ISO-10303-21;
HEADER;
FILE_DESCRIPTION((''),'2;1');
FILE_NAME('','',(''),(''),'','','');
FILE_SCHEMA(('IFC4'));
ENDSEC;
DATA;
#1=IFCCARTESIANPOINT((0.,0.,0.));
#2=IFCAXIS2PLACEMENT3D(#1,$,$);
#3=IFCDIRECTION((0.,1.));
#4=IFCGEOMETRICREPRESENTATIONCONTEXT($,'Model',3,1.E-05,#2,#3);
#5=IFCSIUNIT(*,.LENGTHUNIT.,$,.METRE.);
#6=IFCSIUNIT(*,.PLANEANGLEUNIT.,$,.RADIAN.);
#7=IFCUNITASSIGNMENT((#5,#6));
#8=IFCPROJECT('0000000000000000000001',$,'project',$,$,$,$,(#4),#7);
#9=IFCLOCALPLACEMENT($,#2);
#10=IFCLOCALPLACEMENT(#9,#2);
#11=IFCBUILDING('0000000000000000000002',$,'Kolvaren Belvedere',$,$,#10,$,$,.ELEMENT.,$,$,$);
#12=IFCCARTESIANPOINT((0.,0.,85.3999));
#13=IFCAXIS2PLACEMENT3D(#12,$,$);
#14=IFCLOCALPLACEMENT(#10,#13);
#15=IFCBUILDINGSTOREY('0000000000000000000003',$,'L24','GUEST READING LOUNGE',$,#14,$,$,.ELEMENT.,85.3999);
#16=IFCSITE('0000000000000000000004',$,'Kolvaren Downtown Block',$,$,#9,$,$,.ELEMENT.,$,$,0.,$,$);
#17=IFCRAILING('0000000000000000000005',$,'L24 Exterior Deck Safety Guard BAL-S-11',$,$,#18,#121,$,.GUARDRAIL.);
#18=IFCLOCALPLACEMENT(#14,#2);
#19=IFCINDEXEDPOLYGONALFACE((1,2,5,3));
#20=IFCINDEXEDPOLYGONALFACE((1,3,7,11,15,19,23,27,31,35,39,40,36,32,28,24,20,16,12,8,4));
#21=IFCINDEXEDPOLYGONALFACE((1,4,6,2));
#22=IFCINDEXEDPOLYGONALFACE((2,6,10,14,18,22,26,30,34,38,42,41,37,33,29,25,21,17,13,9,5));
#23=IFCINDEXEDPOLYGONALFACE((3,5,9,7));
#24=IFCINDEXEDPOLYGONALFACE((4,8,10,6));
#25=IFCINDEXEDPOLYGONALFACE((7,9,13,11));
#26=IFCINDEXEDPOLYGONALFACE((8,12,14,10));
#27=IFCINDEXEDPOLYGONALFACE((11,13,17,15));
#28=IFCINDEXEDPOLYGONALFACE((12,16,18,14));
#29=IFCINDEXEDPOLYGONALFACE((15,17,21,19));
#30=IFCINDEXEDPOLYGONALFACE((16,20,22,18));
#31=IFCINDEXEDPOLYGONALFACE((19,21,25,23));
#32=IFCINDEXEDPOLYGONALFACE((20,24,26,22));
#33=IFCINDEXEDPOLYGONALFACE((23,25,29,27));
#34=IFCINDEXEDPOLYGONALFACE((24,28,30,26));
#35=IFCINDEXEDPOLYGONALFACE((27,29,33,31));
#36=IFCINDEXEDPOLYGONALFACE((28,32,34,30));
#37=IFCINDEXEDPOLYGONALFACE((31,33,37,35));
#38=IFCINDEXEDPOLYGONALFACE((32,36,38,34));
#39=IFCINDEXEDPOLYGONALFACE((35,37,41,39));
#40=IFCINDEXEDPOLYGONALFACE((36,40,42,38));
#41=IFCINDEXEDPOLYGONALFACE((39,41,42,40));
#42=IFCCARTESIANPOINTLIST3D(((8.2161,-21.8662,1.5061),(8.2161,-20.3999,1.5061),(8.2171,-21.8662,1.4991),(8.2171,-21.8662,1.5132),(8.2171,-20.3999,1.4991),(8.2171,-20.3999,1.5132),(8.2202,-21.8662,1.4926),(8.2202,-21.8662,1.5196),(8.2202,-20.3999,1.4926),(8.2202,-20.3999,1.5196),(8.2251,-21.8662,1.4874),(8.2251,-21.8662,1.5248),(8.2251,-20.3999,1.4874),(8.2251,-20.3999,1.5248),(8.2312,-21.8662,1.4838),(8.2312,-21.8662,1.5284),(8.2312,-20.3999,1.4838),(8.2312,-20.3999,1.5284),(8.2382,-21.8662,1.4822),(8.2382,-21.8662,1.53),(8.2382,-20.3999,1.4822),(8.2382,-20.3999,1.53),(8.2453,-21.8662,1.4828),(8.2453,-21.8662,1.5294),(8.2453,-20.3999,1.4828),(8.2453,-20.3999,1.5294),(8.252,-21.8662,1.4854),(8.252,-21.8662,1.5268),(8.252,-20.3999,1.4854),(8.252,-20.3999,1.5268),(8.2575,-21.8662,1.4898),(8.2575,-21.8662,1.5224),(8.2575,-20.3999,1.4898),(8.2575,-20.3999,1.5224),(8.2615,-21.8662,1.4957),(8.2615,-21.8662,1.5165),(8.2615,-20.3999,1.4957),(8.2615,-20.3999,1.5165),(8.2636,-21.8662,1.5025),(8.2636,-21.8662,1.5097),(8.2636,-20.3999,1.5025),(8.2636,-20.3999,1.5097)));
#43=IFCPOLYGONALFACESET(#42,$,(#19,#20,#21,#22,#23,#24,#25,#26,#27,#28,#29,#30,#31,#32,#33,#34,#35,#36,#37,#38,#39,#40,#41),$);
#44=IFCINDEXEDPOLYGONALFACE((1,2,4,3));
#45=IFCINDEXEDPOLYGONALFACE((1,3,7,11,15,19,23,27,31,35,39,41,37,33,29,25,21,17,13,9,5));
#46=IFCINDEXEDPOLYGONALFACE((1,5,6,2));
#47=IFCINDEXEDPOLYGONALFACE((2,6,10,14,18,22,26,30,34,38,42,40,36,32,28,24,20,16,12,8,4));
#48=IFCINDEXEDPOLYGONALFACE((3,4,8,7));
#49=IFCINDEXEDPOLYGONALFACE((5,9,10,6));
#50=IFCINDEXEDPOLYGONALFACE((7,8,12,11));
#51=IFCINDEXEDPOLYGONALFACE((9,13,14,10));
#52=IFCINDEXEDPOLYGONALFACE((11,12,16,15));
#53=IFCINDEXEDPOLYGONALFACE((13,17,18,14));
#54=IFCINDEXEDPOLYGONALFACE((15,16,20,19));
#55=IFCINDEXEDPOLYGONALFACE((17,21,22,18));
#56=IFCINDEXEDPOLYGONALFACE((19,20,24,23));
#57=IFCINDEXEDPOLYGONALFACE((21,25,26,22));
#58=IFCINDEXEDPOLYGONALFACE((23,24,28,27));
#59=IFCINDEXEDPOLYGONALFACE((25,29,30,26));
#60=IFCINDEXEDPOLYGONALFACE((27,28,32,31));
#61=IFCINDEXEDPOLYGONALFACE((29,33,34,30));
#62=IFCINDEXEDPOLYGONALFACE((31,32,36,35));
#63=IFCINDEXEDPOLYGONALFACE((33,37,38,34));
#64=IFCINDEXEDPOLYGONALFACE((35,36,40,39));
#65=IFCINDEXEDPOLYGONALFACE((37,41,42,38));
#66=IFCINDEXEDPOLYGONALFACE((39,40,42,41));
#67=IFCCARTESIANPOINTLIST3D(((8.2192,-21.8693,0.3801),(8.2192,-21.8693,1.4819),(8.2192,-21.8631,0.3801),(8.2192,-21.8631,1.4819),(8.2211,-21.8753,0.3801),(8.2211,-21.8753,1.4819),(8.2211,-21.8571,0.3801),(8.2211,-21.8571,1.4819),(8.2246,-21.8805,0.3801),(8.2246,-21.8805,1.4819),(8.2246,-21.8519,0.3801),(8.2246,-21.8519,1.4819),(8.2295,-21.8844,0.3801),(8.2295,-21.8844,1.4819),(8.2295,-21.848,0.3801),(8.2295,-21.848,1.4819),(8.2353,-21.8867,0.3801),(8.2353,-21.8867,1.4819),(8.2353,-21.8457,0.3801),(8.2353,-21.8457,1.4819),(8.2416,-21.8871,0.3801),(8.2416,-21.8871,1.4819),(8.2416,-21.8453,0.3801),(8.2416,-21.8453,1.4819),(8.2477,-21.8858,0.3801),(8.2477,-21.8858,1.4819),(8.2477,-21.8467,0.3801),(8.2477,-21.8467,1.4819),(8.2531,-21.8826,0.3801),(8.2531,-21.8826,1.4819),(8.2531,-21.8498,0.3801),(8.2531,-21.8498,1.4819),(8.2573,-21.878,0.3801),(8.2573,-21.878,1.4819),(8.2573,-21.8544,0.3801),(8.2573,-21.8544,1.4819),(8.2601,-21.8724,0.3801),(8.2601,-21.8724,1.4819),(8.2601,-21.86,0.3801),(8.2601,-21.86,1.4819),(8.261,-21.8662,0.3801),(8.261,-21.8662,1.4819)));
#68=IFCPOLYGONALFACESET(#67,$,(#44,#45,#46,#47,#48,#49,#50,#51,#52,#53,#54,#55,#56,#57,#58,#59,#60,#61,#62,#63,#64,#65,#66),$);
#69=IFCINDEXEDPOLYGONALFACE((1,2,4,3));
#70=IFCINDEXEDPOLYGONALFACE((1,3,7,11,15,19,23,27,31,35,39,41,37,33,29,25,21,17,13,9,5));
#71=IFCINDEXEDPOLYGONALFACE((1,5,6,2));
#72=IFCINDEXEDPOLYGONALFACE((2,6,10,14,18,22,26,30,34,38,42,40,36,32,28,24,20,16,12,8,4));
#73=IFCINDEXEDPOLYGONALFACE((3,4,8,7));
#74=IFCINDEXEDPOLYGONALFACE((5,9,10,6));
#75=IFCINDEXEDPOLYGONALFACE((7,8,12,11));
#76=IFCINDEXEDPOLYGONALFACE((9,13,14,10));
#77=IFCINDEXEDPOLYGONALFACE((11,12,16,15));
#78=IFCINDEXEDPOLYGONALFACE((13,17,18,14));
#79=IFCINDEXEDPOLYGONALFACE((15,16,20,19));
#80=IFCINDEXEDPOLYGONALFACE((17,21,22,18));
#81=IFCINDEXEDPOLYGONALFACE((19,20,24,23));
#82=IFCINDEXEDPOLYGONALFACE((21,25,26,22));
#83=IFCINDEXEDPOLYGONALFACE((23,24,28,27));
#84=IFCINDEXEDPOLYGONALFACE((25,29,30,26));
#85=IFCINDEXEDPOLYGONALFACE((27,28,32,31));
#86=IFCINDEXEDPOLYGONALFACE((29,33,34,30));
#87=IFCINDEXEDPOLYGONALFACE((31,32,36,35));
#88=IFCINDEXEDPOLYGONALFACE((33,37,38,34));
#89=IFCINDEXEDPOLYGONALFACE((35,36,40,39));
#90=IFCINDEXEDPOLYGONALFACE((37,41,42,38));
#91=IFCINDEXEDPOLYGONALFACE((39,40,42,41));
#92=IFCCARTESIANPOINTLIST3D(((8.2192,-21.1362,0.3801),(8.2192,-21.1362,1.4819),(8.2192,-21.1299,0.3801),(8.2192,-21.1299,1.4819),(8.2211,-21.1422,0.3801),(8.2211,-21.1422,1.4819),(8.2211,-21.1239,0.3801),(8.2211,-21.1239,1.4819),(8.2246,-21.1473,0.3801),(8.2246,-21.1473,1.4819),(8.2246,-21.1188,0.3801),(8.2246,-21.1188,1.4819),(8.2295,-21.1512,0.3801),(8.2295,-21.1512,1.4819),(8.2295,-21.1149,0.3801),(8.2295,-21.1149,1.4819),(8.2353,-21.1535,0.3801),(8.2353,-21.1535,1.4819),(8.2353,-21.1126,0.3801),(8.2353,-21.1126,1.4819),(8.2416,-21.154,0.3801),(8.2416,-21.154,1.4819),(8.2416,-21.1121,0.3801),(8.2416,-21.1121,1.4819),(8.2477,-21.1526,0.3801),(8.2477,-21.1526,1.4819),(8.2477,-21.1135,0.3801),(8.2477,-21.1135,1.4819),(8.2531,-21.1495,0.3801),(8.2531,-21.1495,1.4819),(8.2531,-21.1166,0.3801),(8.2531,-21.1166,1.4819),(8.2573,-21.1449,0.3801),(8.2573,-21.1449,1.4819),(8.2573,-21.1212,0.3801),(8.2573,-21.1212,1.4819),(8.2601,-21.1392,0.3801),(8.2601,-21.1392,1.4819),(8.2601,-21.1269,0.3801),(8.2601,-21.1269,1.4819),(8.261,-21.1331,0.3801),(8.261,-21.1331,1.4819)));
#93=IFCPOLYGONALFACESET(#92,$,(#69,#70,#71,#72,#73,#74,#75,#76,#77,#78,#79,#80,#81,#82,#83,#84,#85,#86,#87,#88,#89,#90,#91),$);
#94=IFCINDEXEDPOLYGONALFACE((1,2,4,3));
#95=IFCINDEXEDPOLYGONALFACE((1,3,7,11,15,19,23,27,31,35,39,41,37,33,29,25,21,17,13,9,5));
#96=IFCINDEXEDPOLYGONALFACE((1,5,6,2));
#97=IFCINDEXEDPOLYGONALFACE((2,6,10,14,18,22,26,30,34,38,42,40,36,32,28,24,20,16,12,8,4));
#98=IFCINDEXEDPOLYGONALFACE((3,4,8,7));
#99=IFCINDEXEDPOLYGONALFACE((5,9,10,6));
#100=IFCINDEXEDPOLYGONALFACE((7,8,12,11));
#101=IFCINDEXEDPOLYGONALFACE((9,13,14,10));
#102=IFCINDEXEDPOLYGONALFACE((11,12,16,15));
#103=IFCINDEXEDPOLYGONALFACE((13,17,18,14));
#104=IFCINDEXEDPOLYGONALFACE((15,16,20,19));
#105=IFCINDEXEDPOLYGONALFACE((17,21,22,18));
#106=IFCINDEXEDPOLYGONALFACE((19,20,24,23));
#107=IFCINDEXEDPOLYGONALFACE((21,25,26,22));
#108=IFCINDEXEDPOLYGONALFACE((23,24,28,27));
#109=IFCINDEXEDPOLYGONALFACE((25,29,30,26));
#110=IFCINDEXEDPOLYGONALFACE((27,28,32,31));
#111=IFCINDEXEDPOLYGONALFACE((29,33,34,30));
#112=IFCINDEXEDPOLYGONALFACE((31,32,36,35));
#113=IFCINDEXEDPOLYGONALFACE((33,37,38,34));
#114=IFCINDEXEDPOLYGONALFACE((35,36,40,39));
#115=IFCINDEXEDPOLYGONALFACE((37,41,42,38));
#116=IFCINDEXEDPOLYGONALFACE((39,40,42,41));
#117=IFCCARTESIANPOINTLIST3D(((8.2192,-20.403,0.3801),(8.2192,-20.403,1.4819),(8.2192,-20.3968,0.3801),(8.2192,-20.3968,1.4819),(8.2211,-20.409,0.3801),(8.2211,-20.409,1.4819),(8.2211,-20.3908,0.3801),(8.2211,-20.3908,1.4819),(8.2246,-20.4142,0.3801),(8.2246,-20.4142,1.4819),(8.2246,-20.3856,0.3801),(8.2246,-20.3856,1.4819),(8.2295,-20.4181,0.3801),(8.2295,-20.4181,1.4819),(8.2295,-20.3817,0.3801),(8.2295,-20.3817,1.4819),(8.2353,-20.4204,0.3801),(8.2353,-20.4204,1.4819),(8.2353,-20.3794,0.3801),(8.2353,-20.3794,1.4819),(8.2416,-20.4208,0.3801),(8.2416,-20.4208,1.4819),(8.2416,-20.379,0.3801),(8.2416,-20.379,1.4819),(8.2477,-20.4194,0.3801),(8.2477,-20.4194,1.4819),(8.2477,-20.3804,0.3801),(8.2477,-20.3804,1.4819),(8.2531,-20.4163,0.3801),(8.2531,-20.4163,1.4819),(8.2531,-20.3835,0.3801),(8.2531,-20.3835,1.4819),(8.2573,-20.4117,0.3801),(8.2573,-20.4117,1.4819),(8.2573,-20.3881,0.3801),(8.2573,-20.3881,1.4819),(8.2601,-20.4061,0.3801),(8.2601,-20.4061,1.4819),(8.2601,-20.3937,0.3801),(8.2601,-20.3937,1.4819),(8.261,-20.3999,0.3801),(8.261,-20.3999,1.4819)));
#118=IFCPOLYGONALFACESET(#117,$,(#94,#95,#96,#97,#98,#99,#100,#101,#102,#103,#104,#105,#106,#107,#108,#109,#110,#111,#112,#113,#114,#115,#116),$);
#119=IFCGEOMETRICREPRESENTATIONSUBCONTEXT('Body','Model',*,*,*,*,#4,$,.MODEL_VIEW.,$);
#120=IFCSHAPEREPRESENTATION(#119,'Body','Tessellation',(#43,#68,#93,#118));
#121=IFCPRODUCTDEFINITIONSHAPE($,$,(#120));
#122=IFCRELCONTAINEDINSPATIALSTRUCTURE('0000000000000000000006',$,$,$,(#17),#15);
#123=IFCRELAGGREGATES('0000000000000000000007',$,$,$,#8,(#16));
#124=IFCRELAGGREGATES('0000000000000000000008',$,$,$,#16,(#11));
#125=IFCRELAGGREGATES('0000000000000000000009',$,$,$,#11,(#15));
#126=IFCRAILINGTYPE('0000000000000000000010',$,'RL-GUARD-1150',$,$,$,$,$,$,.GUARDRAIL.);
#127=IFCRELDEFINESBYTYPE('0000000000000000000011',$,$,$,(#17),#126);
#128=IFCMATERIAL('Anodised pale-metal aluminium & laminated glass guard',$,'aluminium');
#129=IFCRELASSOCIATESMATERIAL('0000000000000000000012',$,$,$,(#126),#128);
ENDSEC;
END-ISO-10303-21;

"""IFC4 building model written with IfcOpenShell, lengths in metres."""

from ifc_helpers import new_model, si_unit, direction, frame, origin, origin_2d, place, context, subcontext, project, spatial, circle, extrude, material, type_object, element, save


model = new_model("IFC4")

# Units and contexts
model_context = context("Model", 3, precision=1e-05, world=origin(), true_north=direction((0.0, 1.0)))
body_context = subcontext(model_context, "Body", "Model", "MODEL_VIEW")
ifc_project = project(units=[si_unit("LENGTHUNIT", "METRE"), si_unit("PLANEANGLEUNIT", "RADIAN")], contexts=[model_context])

# Site, building, storey
site_placement = place(None, origin())
site = spatial("IfcSite", under=ifc_project, at=site_placement, Name="Kolvaren Downtown Block", CompositionType="ELEMENT", RefElevation=0.0)
building_placement = place(site_placement, origin())
building = spatial("IfcBuilding", under=site, at=building_placement, Name="Kolvaren Belvedere", CompositionType="ELEMENT")
storey_placement = place(building_placement, frame((0.0, 0.0, 85.3999)))
storey = spatial("IfcBuildingStorey", under=building, at=storey_placement, Name="L24", Description="GUEST READING LOUNGE", CompositionType="ELEMENT", Elevation=85.3999)

# Railing
ifc_material_1 = material(Name="Anodised pale-metal aluminium & laminated glass guard", Category="aluminium")
railing_type = type_object("IfcRailingType", Name="RL-GUARD-1150", PredefinedType="GUARDRAIL", material=ifc_material_1)
railing_1_placement = place(storey_placement, frame((8.24, -21.8662, 0.3801)))
element("IfcRailing", 1, at=railing_1_placement, inside=storey, type_object=railing_type, Name="L24 Exterior Deck Safety Guard BAL-S-11", PredefinedType="GUARDRAIL", context=body_context, shape_type="SweptSolid", body=[
    extrude(circle(Radius=0.0239, at=origin_2d()), frame((0.0, 0.0, 1.126), z_axis=(0.0, 1.0, 0.0), x_axis=(-1.0, 0.0, 0.0)), (0.0, 0.0, 1.0), 1.4663),
    extrude(circle(Radius=0.021, at=origin_2d()), origin(), (0.0, 0.0, 1.0), 1.1018),
    extrude(circle(Radius=0.021, at=origin_2d()), frame((0.0, 0.7332, 0.0)), (0.0, 0.0, 1.0), 1.1018),
    extrude(circle(Radius=0.021, at=origin_2d()), frame((0.0, 1.4663, 0.0)), (0.0, 0.0, 1.0), 1.1018),
])

save(model, "model.ifc")
